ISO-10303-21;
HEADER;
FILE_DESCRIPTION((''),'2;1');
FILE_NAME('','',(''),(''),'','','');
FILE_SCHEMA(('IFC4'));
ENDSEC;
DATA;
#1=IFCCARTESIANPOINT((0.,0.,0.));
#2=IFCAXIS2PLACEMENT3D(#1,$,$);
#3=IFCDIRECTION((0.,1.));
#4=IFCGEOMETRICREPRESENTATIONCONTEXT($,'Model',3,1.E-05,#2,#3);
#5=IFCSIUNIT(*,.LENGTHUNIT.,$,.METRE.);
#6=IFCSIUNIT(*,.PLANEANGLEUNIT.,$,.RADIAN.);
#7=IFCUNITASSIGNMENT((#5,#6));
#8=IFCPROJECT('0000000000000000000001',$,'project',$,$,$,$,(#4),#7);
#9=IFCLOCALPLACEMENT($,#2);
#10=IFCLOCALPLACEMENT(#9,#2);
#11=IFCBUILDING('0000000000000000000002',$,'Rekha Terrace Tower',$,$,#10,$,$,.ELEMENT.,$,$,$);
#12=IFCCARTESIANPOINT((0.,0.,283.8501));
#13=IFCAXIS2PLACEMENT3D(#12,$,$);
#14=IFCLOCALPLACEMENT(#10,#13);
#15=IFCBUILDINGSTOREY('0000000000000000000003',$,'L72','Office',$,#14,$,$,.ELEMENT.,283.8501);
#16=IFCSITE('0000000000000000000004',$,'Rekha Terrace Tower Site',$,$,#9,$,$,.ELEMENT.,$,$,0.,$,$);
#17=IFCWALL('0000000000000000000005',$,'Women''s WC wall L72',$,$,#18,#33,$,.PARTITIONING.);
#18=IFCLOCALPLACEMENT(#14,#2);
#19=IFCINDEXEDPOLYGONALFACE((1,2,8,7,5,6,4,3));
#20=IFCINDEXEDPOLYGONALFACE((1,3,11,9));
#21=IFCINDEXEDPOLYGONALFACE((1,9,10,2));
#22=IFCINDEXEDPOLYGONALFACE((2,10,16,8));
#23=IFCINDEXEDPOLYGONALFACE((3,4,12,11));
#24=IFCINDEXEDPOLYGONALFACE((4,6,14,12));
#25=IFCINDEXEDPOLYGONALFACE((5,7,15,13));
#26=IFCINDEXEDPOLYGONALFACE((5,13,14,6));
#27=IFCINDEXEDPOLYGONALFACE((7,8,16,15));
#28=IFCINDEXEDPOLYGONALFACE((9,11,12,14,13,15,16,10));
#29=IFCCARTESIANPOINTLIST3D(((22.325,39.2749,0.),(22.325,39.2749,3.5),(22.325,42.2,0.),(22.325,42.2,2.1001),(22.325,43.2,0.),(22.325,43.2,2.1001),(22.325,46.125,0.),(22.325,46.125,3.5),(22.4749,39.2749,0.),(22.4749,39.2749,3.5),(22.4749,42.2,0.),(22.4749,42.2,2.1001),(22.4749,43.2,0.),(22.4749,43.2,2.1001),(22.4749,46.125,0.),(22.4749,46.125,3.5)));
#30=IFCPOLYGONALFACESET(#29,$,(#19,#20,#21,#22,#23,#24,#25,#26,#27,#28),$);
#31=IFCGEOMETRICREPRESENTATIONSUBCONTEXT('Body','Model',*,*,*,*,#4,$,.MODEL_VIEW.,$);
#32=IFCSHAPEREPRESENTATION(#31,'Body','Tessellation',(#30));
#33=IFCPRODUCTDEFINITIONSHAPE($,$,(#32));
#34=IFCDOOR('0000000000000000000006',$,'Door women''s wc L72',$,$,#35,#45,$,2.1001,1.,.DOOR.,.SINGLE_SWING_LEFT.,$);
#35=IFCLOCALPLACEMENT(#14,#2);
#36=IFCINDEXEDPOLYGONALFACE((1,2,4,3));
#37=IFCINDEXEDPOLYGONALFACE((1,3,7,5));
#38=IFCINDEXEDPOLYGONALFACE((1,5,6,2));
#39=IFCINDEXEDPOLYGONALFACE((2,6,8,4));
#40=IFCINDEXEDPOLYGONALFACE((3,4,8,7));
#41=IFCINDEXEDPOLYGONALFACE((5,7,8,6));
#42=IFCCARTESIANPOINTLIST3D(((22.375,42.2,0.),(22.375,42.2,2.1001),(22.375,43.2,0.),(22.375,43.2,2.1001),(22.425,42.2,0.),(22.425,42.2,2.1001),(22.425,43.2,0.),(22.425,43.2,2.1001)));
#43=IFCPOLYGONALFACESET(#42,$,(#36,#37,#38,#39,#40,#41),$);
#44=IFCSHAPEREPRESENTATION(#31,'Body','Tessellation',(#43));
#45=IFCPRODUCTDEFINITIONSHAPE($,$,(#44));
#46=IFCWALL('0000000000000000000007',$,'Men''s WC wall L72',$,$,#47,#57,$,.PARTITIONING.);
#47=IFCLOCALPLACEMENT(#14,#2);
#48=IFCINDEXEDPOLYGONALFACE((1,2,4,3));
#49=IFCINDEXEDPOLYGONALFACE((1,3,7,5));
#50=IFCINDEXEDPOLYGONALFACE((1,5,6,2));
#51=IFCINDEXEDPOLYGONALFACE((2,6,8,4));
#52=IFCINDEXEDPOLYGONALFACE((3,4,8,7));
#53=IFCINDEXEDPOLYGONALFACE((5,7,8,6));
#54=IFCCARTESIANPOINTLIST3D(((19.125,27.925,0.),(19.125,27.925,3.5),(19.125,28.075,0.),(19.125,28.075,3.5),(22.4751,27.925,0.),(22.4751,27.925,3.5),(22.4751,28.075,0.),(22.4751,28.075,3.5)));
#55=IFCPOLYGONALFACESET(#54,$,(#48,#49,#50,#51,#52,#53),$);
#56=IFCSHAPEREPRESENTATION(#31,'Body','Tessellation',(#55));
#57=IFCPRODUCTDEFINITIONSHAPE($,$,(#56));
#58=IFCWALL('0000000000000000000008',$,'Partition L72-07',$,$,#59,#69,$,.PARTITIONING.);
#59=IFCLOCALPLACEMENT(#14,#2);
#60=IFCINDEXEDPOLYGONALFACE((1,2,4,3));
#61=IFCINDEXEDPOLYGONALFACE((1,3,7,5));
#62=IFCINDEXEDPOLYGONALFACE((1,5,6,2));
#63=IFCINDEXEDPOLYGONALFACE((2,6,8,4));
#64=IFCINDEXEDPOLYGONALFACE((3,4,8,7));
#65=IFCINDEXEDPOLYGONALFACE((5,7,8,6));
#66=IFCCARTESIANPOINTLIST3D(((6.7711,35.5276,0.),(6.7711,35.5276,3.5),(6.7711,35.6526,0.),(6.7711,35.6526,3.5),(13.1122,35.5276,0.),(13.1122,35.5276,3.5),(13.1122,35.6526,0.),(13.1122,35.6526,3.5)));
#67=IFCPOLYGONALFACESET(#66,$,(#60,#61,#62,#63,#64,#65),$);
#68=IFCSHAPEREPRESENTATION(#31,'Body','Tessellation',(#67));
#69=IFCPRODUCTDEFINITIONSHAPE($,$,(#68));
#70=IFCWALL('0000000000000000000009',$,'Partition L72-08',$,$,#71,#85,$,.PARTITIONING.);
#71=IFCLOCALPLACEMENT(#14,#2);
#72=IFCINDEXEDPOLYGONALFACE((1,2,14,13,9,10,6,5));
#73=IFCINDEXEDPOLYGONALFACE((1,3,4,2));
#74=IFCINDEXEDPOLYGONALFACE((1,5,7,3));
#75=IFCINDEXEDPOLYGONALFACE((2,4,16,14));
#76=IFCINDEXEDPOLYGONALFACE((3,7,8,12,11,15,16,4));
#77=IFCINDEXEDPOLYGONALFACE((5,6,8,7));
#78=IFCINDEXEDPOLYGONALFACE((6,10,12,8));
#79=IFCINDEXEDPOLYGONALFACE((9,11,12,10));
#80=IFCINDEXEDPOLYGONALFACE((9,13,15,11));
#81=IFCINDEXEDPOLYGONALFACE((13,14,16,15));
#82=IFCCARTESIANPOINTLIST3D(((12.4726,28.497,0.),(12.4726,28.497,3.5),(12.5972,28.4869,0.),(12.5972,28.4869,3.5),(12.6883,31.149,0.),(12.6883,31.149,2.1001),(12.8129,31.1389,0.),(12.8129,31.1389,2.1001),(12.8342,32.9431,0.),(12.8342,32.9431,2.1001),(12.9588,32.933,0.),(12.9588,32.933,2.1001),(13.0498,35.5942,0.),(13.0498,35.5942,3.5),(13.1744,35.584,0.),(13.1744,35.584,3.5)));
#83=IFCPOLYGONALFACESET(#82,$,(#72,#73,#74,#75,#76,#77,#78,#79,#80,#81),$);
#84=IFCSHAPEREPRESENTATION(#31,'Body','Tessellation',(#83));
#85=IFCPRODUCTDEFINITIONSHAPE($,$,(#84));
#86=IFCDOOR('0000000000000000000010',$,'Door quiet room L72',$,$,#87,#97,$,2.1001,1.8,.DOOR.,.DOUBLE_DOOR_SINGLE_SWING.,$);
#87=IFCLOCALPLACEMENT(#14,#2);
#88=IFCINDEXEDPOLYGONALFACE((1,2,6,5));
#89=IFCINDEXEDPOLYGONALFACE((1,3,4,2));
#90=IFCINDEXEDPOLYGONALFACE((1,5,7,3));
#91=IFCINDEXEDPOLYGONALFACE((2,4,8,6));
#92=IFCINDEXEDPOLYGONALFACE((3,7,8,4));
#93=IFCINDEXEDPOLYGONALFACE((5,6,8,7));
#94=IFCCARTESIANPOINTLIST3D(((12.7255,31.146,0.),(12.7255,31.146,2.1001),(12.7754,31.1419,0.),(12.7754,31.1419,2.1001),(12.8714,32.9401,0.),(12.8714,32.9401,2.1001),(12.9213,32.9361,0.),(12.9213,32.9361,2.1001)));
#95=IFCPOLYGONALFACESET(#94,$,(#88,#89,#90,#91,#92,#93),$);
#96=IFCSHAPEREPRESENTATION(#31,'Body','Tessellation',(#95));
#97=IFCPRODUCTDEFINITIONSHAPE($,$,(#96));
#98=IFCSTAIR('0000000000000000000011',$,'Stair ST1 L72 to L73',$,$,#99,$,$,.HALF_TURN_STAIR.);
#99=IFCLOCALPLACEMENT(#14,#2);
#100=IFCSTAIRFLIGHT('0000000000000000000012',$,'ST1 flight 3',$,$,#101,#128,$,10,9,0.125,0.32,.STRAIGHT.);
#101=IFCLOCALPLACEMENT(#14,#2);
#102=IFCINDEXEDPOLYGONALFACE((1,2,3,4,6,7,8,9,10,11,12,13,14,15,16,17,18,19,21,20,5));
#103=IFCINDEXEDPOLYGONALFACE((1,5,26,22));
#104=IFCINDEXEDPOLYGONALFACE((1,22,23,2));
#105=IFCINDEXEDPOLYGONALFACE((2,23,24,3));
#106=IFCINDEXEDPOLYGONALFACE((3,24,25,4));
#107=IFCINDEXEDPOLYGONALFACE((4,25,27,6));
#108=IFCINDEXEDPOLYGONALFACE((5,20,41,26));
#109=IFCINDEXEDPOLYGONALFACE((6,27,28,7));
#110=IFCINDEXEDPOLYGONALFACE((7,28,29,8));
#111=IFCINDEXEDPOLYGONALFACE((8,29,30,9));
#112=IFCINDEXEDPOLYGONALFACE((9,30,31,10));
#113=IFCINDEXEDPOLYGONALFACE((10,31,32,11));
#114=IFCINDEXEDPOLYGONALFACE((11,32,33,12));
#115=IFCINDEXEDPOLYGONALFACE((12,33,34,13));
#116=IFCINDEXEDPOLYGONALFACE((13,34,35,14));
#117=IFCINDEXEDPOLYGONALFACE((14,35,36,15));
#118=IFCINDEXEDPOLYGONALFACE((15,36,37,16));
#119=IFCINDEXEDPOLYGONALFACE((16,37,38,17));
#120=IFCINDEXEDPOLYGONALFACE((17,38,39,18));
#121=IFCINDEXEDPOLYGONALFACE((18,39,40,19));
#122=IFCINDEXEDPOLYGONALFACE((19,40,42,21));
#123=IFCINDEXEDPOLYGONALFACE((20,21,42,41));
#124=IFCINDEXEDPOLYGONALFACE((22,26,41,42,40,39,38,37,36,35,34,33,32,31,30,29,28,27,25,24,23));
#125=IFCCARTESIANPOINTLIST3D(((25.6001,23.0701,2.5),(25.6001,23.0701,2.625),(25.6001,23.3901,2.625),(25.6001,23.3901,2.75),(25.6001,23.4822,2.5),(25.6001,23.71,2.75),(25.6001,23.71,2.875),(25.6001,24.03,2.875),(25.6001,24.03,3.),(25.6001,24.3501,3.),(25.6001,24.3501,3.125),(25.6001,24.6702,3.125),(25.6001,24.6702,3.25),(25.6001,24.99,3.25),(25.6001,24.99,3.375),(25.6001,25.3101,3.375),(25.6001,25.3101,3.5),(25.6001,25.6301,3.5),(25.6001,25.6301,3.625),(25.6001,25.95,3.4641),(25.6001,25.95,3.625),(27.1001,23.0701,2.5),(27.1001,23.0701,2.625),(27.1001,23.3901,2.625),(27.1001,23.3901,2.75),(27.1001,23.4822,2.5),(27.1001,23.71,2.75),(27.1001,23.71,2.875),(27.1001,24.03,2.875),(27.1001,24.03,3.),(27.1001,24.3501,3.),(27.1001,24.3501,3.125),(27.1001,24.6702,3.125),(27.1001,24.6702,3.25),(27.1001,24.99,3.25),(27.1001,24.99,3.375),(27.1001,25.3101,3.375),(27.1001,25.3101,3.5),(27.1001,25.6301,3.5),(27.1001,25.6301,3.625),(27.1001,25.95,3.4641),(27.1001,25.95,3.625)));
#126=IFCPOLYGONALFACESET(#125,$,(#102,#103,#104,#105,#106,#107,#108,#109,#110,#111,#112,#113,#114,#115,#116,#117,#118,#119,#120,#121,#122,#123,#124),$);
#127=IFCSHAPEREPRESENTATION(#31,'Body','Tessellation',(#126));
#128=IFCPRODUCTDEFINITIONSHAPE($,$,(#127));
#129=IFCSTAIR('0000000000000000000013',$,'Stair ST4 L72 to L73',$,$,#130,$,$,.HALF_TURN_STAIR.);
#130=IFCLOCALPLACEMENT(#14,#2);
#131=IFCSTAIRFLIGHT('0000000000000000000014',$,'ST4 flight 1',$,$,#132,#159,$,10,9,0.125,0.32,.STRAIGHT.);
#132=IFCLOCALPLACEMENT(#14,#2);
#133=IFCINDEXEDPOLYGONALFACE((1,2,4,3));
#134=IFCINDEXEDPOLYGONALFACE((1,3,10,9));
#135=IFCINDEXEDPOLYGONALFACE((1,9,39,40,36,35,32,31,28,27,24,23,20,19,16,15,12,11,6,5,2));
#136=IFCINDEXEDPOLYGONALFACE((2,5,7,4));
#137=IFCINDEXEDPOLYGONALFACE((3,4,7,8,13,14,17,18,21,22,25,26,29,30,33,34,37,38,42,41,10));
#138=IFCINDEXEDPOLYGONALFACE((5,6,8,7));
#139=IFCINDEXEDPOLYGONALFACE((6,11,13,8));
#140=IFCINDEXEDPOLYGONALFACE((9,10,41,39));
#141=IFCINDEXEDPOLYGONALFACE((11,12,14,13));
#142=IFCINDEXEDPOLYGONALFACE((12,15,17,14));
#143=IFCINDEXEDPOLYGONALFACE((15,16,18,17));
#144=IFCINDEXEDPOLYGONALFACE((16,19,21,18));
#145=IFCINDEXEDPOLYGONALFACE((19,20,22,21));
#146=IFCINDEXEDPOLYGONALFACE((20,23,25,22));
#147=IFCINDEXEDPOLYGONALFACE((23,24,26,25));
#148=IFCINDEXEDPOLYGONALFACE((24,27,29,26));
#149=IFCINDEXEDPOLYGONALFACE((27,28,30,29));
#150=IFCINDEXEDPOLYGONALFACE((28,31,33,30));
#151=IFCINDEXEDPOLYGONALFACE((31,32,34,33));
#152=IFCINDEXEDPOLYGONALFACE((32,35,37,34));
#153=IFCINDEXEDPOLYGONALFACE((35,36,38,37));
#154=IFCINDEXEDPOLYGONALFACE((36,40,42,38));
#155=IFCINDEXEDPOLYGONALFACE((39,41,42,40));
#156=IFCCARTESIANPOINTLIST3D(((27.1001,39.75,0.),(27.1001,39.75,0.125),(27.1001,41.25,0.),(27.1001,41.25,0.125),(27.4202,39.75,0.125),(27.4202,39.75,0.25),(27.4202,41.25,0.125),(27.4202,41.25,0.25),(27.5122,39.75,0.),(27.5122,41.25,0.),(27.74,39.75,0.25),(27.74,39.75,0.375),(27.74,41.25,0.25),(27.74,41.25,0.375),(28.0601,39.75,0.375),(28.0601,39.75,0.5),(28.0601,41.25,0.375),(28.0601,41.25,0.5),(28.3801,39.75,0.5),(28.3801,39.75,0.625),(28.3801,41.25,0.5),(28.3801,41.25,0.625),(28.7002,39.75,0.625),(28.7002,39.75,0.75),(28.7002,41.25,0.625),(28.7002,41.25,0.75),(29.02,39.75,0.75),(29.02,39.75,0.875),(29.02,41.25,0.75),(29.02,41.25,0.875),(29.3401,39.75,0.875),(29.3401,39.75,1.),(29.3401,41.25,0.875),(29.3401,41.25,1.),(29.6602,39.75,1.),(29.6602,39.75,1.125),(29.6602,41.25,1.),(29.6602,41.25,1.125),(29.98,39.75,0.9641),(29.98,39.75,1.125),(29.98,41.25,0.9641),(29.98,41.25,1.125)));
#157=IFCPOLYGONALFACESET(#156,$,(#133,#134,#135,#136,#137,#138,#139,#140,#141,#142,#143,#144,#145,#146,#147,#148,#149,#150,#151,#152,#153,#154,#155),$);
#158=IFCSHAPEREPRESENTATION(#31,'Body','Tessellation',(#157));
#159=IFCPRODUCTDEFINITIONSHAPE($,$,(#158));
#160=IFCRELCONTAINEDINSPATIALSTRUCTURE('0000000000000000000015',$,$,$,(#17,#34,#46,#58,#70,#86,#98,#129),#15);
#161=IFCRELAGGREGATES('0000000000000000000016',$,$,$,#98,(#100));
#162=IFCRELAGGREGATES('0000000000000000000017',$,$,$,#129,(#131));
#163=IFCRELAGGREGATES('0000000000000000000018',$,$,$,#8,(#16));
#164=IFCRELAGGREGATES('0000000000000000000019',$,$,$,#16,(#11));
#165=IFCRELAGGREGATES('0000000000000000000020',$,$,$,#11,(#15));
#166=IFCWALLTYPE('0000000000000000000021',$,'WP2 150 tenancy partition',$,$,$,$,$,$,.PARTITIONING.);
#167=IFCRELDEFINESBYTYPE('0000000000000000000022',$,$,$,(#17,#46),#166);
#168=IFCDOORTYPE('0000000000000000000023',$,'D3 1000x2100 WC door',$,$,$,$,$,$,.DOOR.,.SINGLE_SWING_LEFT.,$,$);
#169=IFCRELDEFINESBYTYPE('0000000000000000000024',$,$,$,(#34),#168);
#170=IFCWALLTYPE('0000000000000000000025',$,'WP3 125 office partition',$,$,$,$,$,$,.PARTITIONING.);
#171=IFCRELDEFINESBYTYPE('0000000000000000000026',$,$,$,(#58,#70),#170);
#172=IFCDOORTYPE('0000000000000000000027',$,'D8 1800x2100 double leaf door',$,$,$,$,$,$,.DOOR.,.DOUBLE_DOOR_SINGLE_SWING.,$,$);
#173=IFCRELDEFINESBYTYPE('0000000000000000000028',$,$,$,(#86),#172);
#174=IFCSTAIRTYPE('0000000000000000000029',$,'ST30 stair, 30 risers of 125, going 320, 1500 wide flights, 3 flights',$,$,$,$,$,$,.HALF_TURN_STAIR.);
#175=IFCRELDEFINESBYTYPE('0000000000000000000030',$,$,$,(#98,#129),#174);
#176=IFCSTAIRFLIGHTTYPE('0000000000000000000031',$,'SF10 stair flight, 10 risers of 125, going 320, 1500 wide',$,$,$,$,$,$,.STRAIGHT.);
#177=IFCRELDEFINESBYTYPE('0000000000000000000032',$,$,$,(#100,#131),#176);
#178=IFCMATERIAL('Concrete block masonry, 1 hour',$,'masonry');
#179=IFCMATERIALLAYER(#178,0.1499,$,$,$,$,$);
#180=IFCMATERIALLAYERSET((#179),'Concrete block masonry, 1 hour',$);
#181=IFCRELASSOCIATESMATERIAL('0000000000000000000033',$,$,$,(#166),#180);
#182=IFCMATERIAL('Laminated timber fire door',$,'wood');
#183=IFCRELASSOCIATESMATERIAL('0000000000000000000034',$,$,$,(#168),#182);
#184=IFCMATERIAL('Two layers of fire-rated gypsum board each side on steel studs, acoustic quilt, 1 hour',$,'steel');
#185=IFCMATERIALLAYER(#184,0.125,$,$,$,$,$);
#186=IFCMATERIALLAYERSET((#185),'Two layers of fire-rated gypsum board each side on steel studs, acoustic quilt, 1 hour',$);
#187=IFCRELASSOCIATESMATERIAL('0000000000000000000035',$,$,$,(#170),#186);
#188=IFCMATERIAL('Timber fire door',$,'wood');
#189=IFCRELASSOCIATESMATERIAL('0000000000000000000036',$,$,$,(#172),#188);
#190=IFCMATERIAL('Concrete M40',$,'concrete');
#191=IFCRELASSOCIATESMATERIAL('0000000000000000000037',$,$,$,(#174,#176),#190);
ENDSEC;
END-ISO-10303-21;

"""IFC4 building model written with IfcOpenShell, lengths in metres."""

from ifc_helpers import new_model, si_unit, direction, frame, frame_2d, origin, place, context, subcontext, project, spatial, polyline, rectangle, outline, extrude, material, layer, layer_set, type_object, element, fill, aggregate, save


model = new_model("IFC4")

# Units and contexts
model_context = context("Model", 3, precision=1e-05, world=origin(), true_north=direction((0.0, 1.0)))
body_context = subcontext(model_context, "Body", "Model", "MODEL_VIEW")
ifc_project = project(units=[si_unit("LENGTHUNIT", "METRE"), si_unit("PLANEANGLEUNIT", "RADIAN")], contexts=[model_context])

# Site, building, storey
site_placement = place(None, origin())
site = spatial("IfcSite", under=ifc_project, at=site_placement, Name="Rekha Terrace Tower Site", CompositionType="ELEMENT", RefElevation=0.0)
building_placement = place(site_placement, origin())
building = spatial("IfcBuilding", under=site, at=building_placement, Name="Rekha Terrace Tower", CompositionType="ELEMENT")
storey_placement = place(building_placement, frame((0.0, 0.0, 283.8501)))
storey = spatial("IfcBuildingStorey", under=building, at=storey_placement, Name="L72", Description="Office", CompositionType="ELEMENT", Elevation=283.8501)

# Shared definitions
ifc_material_1 = material(Name="Concrete block masonry, 1 hour", Category="masonry")
ifc_layer_1 = layer(ifc_material_1, 0.1499)
ifc_layer_set_1 = layer_set([ifc_layer_1], Name="Concrete block masonry, 1 hour")
wall_type_1 = type_object("IfcWallType", Name="WP2 150 tenancy partition", PredefinedType="PARTITIONING", material=ifc_layer_set_1)

# Wall, opening, door
wall_1_placement = place(storey_placement, frame((22.3999, 39.2749, 0.0), z_axis=(0.0, 0.0, 1.0), x_axis=(0.0, 1.0, 0.0)))
wall_1 = element("IfcWall", 1, at=wall_1_placement, inside=storey, type_object=wall_type_1, Name="Women's WC wall L72", PredefinedType="PARTITIONING", context=body_context, shape_type="SweptSolid", body=[
    extrude(rectangle(XDim=6.8501, YDim=0.1499, at=frame_2d((3.425, 0.0))), origin(), (0.0, 0.0, 1.0), 3.5),
])
opening_1_placement = place(wall_1_placement, frame((2.925, 0.0, 0.0)))
opening_1 = element("IfcOpeningElement", 2, at=opening_1_placement, cuts=wall_1, PredefinedType="OPENING", context=body_context, shape_type="SweptSolid", body=[
    extrude(rectangle(XDim=1.0, YDim=2.1001, at=frame_2d((0.5, 1.05))), frame((0.0, 0.085, 0.0), z_axis=(0.0, -1.0, 0.0), x_axis=(1.0, 0.0, 0.0)), (0.0, 0.0, 1.0), 0.1699),
])
ifc_material_2 = material(Name="Laminated timber fire door", Category="wood")
door_type_1 = type_object("IfcDoorType", Name="D3 1000x2100 WC door", OperationType="SINGLE_SWING_LEFT", PredefinedType="DOOR", material=ifc_material_2)
door_1_placement = place(opening_1_placement, origin())
door_1 = element("IfcDoor", 3, at=door_1_placement, inside=storey, type_object=door_type_1, Name="Door women's wc L72", OperationType="SINGLE_SWING_LEFT", OverallHeight=2.1001, OverallWidth=1.0, PredefinedType="DOOR", context=body_context, shape_type="SweptSolid", body=[
    extrude(rectangle(XDim=1.0, YDim=2.1001, at=frame_2d((0.5, 1.05))), frame((0.0, 0.0249, 0.0), z_axis=(0.0, -1.0, 0.0), x_axis=(1.0, 0.0, 0.0)), (0.0, 0.0, 1.0), 0.05),
])
fill(opening_1, door_1)

# Walls
wall_2_placement = place(storey_placement, frame((19.125, 28.0, 0.0), z_axis=(0.0, 0.0, 1.0), x_axis=(1.0, 0.0, 0.0)))
element("IfcWall", 4, at=wall_2_placement, inside=storey, type_object=wall_type_1, Name="Men's WC wall L72", PredefinedType="PARTITIONING", context=body_context, shape_type="SweptSolid", body=[
    extrude(rectangle(XDim=3.3501, YDim=0.1499, at=frame_2d((1.675, 0.0))), origin(), (0.0, 0.0, 1.0), 3.5),
])
ifc_material_3 = material(Name="Two layers of fire-rated gypsum board each side on steel studs, acoustic quilt, 1 hour", Category="steel")
ifc_layer_2 = layer(ifc_material_3, 0.125)
ifc_layer_set_2 = layer_set([ifc_layer_2], Name="Two layers of fire-rated gypsum board each side on steel studs, acoustic quilt, 1 hour")
wall_type_2 = type_object("IfcWallType", Name="WP3 125 office partition", PredefinedType="PARTITIONING", material=ifc_layer_set_2)
wall_3_placement = place(storey_placement, frame((13.1121, 35.5901, 0.0), z_axis=(0.0, 0.0, 1.0), x_axis=(-1.0, 0.0, 0.0)))
element("IfcWall", 5, at=wall_3_placement, inside=storey, type_object=wall_type_2, Name="Partition L72-07", PredefinedType="PARTITIONING", context=body_context, shape_type="SweptSolid", body=[
    extrude(rectangle(XDim=6.3411, YDim=0.125, at=frame_2d((3.1704, 0.0))), origin(), (0.0, 0.0, 1.0), 3.5),
])

# Wall, opening, door
wall_4_placement = place(storey_placement, frame((13.1121, 35.5891, 0.0), z_axis=(0.0, 0.0, 1.0), x_axis=(-0.081053, -0.99671, 0.0)))
wall_4 = element("IfcWall", 6, at=wall_4_placement, inside=storey, type_object=wall_type_2, Name="Partition L72-08", PredefinedType="PARTITIONING", context=body_context, shape_type="SweptSolid", body=[
    extrude(rectangle(XDim=7.1206, YDim=0.125, at=frame_2d((3.5603, 0.0))), origin(), (0.0, 0.0, 1.0), 3.5),
])
opening_2_placement = place(wall_4_placement, frame((2.6599, 0.0, 0.0)))
opening_2 = element("IfcOpeningElement", 7, at=opening_2_placement, cuts=wall_4, PredefinedType="OPENING", context=body_context, shape_type="SweptSolid", body=[
    extrude(rectangle(XDim=1.8, YDim=2.1001, at=frame_2d((0.8999, 1.05))), frame((0.0, 0.0725, 0.0), z_axis=(0.0, -1.0, 0.0), x_axis=(1.0, 0.0, 0.0)), (0.0, 0.0, 1.0), 0.145),
])
ifc_material_4 = material(Name="Timber fire door", Category="wood")
door_type_2 = type_object("IfcDoorType", Name="D8 1800x2100 double leaf door", OperationType="DOUBLE_DOOR_SINGLE_SWING", PredefinedType="DOOR", material=ifc_material_4)
door_2_placement = place(opening_2_placement, origin())
door_2 = element("IfcDoor", 8, at=door_2_placement, inside=storey, type_object=door_type_2, Name="Door quiet room L72", OperationType="DOUBLE_DOOR_SINGLE_SWING", OverallHeight=2.1001, OverallWidth=1.8, PredefinedType="DOOR", context=body_context, shape_type="SweptSolid", body=[
    extrude(rectangle(XDim=1.8, YDim=2.1001, at=frame_2d((0.8999, 1.05))), frame((0.0, 0.0249, 0.0), z_axis=(0.0, -1.0, 0.0), x_axis=(1.0, 0.0, 0.0)), (0.0, 0.0, 1.0), 0.05),
])
fill(opening_2, door_2)

# Stairs, stair flights
ifc_material_5 = material(Name="Concrete M40", Category="concrete")
stair_type = type_object("IfcStairType", Name="ST30 stair, 30 risers of 125, going 320, 1500 wide flights, 3 flights", PredefinedType="HALF_TURN_STAIR", material=ifc_material_5)
stair_1_placement = place(storey_placement, origin())
stair_1 = element("IfcStair", 9, at=stair_1_placement, inside=storey, type_object=stair_type, Name="Stair ST1 L72 to L73", PredefinedType="HALF_TURN_STAIR")
stair_flight_type = type_object("IfcStairFlightType", Name="SF10 stair flight, 10 risers of 125, going 320, 1500 wide", PredefinedType="STRAIGHT", material=ifc_material_5)
stair_flight_1_placement = place(storey_placement, frame((26.3501, 23.0701, 2.5), z_axis=(0.0, 0.0, 1.0), x_axis=(0.0, 1.0, 0.0)))
stair_flight_1 = element("IfcStairFlight", 10, at=stair_flight_1_placement, type_object=stair_flight_type, Name="ST1 flight 3", NumberOfRisers=10, NumberOfTreads=9, PredefinedType="STRAIGHT", RiserHeight=0.125, TreadLength=0.32, context=body_context, shape_type="SweptSolid", body=[
    extrude(outline(polyline([(0.0, 0.0), (0.0, 0.125), (0.3201, 0.125), (0.3201, 0.25), (0.6399, 0.25), (0.6399, 0.375), (0.96, 0.375), (0.96, 0.5), (1.28, 0.5), (1.28, 0.625), (1.6001, 0.625), (1.6001, 0.75), (1.9199, 0.75), (1.9199, 0.875), (2.24, 0.875), (2.24, 1.0), (2.5601, 1.0), (2.5601, 1.125), (2.8799, 1.125), (2.8799, 1.25), (2.8799, 0.9641), (0.4121, 0.0), (0.0, 0.0)])), frame((0.0, 0.75, 0.0), z_axis=(0.0, -1.0, 0.0), x_axis=(1.0, 0.0, 0.0)), (0.0, 0.0, 1.0), 1.5),
])
aggregate(stair_1, [stair_flight_1])
stair_2_placement = place(storey_placement, origin())
stair_2 = element("IfcStair", 11, at=stair_2_placement, inside=storey, type_object=stair_type, Name="Stair ST4 L72 to L73", PredefinedType="HALF_TURN_STAIR")
stair_flight_2_placement = place(storey_placement, frame((27.1001, 40.5, 0.0), z_axis=(0.0, 0.0, 1.0), x_axis=(1.0, 0.0, 0.0)))
stair_flight_2 = element("IfcStairFlight", 12, at=stair_flight_2_placement, type_object=stair_flight_type, Name="ST4 flight 1", NumberOfRisers=10, NumberOfTreads=9, PredefinedType="STRAIGHT", RiserHeight=0.125, TreadLength=0.32, context=body_context, shape_type="SweptSolid", body=[
    extrude(outline(polyline([(0.0, 0.0), (0.0, 0.125), (0.3201, 0.125), (0.3201, 0.25), (0.6399, 0.25), (0.6399, 0.375), (0.96, 0.375), (0.96, 0.5), (1.28, 0.5), (1.28, 0.625), (1.6001, 0.625), (1.6001, 0.75), (1.9199, 0.75), (1.9199, 0.875), (2.24, 0.875), (2.24, 1.0), (2.5601, 1.0), (2.5601, 1.125), (2.8799, 1.125), (2.8799, 1.25), (2.8799, 0.9641), (0.4121, 0.0), (0.0, 0.0)])), frame((0.0, 0.75, 0.0), z_axis=(0.0, -1.0, 0.0), x_axis=(1.0, 0.0, 0.0)), (0.0, 0.0, 1.0), 1.5),
])
aggregate(stair_2, [stair_flight_2])

save(model, "model.ifc")
